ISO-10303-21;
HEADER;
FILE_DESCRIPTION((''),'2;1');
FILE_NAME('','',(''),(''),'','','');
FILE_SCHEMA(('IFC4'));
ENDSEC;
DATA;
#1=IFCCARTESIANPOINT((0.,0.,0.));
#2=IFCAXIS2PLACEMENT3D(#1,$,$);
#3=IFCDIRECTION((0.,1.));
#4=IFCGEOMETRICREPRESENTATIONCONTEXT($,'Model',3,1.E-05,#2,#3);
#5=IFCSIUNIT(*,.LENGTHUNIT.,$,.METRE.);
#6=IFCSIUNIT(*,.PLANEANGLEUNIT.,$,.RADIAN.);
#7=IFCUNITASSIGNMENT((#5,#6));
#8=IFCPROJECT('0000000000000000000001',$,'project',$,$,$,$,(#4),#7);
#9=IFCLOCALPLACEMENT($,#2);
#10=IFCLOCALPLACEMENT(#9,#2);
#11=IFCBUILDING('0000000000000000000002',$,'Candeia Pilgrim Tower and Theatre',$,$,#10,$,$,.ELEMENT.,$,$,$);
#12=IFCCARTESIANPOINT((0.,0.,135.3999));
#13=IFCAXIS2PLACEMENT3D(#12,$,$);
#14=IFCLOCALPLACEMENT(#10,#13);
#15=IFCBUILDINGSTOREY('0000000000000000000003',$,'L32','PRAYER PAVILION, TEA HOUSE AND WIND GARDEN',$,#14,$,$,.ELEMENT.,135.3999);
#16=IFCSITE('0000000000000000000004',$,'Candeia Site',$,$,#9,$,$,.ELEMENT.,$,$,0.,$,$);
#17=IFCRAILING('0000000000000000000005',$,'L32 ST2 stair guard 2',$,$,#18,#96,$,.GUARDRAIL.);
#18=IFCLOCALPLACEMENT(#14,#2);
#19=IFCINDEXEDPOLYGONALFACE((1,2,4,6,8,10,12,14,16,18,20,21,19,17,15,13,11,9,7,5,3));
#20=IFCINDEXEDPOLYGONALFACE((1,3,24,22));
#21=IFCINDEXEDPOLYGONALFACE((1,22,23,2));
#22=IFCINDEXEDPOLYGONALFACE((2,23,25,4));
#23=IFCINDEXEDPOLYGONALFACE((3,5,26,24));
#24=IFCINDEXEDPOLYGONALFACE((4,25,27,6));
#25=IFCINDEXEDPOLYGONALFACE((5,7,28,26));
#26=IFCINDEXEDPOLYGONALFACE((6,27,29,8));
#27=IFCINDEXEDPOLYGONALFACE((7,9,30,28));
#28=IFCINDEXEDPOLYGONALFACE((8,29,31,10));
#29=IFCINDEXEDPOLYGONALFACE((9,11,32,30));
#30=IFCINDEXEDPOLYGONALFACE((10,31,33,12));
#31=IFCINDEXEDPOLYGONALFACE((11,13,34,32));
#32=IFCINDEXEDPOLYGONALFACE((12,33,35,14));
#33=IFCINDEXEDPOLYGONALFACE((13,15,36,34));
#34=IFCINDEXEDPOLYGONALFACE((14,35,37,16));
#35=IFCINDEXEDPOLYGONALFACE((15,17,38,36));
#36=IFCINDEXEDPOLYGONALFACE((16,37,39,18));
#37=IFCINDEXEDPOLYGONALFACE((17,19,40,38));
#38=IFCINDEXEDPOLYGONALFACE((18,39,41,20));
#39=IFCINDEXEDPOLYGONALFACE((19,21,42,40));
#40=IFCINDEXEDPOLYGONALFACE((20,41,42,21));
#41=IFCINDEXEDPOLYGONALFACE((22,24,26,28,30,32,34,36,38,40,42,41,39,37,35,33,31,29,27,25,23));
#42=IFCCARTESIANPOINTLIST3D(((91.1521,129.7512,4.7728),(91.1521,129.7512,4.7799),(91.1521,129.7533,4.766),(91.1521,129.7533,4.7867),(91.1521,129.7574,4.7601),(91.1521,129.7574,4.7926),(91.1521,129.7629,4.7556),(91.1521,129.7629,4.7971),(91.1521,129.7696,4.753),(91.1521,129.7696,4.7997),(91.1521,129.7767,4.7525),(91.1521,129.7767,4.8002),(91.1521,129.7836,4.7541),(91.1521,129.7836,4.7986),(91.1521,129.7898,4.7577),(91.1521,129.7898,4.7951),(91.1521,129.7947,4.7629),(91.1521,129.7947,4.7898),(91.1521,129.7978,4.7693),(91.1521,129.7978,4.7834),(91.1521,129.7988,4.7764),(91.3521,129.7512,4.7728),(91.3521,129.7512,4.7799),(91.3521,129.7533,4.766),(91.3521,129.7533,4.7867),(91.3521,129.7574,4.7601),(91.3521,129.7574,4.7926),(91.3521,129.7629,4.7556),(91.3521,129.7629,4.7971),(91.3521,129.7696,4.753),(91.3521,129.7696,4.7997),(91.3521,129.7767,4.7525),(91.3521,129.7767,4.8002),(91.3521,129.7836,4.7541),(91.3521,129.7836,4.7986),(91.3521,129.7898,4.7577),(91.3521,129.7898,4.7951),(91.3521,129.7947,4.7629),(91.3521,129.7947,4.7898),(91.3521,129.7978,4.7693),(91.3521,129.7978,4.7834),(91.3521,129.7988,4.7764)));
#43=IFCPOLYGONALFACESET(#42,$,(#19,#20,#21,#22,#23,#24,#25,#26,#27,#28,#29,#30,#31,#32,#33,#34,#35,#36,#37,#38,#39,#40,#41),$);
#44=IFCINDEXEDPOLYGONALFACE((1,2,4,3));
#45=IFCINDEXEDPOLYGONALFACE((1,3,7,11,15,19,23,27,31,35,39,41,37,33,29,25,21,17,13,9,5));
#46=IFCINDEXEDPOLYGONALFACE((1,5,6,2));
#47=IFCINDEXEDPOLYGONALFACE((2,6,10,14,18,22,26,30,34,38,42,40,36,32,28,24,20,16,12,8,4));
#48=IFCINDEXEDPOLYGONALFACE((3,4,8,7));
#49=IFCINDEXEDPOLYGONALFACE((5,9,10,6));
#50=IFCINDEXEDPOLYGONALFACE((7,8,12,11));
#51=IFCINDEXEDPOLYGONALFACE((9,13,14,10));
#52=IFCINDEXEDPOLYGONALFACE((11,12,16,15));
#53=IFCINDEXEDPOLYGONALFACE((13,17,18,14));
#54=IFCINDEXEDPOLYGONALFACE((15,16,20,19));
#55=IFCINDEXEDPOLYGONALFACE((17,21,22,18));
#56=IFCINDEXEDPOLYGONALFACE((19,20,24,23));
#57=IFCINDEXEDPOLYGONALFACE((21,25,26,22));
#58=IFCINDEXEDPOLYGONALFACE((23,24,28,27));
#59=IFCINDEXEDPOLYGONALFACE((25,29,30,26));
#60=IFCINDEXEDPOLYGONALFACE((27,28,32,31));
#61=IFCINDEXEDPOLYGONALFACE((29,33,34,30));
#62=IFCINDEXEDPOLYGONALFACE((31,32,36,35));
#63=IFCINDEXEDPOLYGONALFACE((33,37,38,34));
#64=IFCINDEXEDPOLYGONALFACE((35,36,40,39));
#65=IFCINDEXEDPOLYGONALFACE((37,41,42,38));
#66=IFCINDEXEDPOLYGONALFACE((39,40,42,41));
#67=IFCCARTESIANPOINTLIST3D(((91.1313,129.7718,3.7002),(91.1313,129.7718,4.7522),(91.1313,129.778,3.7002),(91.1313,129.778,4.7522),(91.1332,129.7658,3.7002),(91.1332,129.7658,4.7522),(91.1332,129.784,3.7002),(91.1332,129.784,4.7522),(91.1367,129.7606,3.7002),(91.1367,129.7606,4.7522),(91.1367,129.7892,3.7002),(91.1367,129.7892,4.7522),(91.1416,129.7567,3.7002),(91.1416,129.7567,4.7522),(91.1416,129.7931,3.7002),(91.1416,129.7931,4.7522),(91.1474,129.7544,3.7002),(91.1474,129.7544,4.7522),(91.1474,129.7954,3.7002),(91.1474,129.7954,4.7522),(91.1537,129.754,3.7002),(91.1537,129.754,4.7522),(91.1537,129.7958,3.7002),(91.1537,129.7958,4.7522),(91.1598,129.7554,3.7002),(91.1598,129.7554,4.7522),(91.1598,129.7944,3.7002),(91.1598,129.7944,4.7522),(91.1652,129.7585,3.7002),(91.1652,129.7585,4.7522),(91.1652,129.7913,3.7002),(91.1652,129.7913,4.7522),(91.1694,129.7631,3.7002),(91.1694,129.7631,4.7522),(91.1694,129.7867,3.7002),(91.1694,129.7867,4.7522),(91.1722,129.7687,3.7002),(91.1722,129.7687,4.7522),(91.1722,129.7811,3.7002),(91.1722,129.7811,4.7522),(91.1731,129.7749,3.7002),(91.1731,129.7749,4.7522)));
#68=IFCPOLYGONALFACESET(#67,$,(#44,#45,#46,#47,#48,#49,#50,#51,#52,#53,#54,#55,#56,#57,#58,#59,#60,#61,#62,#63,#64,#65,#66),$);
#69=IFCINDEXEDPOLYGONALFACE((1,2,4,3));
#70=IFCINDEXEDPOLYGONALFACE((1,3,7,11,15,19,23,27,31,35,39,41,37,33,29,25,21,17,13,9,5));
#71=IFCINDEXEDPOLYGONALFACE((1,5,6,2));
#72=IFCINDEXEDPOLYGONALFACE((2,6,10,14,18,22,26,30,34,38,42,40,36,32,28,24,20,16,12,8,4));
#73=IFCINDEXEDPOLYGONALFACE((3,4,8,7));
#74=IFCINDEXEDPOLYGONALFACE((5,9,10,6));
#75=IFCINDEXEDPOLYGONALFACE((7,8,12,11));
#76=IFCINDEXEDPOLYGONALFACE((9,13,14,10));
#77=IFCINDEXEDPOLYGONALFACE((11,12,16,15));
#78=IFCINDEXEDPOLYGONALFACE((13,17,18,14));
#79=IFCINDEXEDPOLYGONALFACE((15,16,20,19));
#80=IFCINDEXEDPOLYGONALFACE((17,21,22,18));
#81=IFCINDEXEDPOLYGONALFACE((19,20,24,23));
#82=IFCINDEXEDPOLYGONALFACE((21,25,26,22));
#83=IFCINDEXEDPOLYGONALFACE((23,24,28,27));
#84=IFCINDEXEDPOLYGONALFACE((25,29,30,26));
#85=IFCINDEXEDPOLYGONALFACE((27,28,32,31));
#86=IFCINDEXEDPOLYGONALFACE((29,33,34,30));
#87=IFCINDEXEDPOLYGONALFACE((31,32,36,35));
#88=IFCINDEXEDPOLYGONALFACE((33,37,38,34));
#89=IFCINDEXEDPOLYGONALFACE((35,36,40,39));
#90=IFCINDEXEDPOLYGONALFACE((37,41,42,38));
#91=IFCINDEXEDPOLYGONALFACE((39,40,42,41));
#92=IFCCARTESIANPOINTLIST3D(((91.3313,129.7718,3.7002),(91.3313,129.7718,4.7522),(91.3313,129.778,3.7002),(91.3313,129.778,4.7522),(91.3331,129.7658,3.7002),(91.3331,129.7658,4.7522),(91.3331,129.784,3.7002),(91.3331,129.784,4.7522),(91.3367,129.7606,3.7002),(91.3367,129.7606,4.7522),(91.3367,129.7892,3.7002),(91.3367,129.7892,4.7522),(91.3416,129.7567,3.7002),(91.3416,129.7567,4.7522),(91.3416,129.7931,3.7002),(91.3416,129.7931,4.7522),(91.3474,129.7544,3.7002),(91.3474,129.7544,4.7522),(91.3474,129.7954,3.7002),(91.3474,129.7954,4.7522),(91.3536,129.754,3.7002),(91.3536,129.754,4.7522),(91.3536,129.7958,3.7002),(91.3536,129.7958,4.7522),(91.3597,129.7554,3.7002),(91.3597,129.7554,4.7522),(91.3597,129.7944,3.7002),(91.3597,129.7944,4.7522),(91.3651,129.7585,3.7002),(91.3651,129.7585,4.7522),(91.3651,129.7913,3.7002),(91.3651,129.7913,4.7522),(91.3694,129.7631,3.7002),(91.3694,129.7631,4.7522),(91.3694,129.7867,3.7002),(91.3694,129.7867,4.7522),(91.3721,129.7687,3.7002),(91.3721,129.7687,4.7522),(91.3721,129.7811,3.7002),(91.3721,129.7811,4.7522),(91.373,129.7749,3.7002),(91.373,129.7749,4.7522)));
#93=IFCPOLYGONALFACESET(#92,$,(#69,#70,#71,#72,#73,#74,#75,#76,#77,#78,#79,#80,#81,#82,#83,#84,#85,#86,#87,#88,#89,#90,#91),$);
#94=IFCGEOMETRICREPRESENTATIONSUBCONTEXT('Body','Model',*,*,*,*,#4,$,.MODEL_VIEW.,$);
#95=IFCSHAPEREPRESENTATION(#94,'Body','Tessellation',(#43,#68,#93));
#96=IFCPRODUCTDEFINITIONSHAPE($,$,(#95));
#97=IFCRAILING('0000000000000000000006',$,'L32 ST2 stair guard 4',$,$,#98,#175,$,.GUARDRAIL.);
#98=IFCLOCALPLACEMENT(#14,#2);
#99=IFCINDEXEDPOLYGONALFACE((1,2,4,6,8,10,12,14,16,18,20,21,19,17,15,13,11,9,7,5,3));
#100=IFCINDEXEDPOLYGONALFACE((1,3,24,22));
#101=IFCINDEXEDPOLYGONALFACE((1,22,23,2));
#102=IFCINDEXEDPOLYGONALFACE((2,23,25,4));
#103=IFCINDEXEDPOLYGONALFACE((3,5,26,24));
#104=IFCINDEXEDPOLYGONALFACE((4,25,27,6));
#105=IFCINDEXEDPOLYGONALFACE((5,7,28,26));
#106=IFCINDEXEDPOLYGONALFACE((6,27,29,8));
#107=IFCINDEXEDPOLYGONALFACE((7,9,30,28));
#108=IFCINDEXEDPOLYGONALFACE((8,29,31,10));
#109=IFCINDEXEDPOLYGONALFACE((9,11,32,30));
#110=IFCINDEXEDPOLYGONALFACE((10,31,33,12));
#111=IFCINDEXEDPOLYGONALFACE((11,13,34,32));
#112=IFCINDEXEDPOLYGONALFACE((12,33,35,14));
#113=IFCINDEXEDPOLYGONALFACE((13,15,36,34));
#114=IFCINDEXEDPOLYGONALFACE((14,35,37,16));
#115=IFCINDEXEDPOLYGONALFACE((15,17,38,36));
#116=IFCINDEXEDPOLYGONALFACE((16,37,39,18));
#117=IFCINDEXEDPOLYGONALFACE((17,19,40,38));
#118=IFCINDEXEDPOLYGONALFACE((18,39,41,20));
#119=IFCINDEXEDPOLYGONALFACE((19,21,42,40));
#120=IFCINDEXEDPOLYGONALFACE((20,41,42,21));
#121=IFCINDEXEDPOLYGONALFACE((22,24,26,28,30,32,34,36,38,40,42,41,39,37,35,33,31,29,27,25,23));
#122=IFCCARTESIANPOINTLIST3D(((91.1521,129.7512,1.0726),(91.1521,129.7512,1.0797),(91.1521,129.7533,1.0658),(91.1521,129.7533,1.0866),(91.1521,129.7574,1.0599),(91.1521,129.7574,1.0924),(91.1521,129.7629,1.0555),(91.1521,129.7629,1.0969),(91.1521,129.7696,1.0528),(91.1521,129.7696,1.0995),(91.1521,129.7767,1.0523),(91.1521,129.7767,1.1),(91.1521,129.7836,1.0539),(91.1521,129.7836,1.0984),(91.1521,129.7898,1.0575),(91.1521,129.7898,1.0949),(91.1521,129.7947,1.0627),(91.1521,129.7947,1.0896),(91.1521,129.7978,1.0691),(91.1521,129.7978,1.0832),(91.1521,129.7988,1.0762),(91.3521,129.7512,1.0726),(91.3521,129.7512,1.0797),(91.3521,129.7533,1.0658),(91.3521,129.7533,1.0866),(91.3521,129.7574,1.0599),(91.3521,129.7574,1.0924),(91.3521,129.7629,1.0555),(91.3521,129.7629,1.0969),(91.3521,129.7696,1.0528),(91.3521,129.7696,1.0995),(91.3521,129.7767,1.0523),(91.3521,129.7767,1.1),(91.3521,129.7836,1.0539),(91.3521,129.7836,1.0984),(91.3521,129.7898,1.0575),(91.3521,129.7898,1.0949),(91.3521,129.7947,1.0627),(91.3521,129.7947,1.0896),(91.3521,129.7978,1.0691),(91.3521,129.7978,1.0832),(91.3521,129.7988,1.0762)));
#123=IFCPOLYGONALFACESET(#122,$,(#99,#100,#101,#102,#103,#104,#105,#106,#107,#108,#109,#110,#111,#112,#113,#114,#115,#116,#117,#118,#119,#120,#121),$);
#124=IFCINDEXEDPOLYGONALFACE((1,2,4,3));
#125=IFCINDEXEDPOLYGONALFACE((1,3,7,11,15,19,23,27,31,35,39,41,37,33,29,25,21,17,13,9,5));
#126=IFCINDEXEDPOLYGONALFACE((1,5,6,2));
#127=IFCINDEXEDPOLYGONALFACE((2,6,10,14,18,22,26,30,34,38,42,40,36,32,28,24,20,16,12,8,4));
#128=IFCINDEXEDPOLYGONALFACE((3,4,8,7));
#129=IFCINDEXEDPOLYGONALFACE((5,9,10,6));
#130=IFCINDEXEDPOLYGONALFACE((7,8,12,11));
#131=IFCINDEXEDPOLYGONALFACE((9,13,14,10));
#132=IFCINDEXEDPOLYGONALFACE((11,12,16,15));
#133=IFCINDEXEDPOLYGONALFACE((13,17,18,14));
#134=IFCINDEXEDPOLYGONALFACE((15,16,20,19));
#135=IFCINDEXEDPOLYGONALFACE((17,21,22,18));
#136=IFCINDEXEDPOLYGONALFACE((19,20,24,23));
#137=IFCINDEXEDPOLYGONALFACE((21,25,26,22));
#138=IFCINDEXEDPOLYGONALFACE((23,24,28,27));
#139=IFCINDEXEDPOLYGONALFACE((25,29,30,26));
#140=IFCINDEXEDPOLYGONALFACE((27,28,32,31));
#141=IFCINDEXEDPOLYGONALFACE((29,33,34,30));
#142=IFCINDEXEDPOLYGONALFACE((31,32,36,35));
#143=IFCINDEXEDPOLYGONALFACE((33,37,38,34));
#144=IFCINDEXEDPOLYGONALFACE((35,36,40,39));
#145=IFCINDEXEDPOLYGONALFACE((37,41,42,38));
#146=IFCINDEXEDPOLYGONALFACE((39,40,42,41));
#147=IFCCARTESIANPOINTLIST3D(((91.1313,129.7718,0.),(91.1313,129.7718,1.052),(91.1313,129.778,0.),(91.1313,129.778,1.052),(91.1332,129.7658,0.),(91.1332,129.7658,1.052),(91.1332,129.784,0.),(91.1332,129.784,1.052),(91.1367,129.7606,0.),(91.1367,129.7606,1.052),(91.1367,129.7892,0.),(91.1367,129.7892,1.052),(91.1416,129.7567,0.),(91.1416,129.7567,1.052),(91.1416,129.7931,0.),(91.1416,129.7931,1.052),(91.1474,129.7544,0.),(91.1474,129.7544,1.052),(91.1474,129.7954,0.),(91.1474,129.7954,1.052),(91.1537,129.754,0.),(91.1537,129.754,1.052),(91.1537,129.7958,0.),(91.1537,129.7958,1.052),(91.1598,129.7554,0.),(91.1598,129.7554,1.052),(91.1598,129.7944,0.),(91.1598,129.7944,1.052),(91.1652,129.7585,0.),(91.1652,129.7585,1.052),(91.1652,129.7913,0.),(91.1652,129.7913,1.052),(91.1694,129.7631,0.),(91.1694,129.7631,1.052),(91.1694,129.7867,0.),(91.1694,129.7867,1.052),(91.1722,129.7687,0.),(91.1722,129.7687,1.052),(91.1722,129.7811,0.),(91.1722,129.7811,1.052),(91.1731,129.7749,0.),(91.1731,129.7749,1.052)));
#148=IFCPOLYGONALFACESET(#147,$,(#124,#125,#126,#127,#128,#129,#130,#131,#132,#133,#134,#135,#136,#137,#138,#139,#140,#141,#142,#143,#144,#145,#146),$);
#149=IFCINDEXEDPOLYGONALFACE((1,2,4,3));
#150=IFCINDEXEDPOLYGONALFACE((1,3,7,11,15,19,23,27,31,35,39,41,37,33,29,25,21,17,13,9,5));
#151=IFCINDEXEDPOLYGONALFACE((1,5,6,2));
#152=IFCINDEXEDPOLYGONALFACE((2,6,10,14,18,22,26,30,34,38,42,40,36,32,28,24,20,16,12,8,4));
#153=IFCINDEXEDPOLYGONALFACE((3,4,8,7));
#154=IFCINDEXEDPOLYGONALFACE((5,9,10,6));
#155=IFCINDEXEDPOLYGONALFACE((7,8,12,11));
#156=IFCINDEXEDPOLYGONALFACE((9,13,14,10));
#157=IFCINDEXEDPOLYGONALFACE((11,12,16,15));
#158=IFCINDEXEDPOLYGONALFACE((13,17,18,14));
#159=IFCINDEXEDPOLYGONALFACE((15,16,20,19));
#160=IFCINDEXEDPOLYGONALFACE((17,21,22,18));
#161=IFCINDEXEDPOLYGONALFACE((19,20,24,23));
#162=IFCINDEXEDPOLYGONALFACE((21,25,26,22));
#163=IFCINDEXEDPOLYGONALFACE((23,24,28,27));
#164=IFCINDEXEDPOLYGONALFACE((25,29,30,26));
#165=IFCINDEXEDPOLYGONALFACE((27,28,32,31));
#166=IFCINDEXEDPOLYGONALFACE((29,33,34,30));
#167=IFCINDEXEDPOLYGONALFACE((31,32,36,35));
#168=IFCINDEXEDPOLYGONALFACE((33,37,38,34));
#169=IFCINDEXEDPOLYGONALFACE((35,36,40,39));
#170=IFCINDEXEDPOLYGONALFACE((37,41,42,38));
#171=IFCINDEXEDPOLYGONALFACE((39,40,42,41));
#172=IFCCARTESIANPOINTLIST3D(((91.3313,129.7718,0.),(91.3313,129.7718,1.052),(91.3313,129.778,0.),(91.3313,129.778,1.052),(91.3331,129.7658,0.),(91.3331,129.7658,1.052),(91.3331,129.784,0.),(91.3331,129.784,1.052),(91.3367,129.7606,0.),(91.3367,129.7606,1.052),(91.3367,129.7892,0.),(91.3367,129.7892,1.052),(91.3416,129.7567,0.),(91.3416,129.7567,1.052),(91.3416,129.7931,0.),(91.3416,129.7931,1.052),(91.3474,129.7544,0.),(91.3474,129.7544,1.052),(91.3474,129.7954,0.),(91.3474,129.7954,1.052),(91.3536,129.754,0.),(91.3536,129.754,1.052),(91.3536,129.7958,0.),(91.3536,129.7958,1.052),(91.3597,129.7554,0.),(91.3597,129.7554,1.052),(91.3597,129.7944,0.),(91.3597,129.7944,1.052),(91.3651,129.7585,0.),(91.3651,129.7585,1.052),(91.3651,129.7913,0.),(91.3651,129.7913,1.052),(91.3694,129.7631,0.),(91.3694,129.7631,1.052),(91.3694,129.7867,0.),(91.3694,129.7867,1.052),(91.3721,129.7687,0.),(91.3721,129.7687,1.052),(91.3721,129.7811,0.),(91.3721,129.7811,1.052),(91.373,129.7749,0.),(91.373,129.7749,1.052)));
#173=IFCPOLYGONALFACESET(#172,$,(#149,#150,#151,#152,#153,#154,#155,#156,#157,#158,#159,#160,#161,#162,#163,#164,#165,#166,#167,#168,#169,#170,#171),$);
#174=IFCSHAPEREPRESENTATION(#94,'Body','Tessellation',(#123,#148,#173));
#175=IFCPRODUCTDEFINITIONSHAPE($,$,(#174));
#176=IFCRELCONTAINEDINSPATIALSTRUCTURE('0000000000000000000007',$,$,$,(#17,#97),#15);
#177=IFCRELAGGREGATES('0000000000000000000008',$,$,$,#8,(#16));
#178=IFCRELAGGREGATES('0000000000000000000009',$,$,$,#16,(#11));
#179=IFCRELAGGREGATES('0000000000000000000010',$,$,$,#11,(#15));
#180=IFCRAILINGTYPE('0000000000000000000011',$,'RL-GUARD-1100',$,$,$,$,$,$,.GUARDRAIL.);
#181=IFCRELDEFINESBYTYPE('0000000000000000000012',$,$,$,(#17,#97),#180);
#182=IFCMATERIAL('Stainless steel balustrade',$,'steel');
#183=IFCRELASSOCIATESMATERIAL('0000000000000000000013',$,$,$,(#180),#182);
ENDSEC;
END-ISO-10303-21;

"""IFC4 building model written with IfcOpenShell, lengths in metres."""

from ifc_helpers import new_model, si_unit, direction, frame, origin, origin_2d, place, context, subcontext, project, spatial, circle, extrude, material, type_object, element, save


model = new_model("IFC4")

# Units and contexts
model_context = context("Model", 3, precision=1e-05, world=origin(), true_north=direction((0.0, 1.0)))
body_context = subcontext(model_context, "Body", "Model", "MODEL_VIEW")
ifc_project = project(units=[si_unit("LENGTHUNIT", "METRE"), si_unit("PLANEANGLEUNIT", "RADIAN")], contexts=[model_context])

# Site, building, storey
site_placement = place(None, origin())
site = spatial("IfcSite", under=ifc_project, at=site_placement, Name="Candeia Site", CompositionType="ELEMENT", RefElevation=0.0)
building_placement = place(site_placement, origin())
building = spatial("IfcBuilding", under=site, at=building_placement, Name="Candeia Pilgrim Tower and Theatre", CompositionType="ELEMENT")
storey_placement = place(building_placement, frame((0.0, 0.0, 135.3999)))
storey = spatial("IfcBuildingStorey", under=building, at=storey_placement, Name="L32", Description="PRAYER PAVILION, TEA HOUSE AND WIND GARDEN", CompositionType="ELEMENT", Elevation=135.3999)

# Railings
ifc_material_1 = material(Name="Stainless steel balustrade", Category="steel")
railing_type_1 = type_object("IfcRailingType", Name="RL-GUARD-1100", PredefinedType="GUARDRAIL", material=ifc_material_1)
railing_1_placement = place(storey_placement, frame((91.1521, 129.7749, 3.7002)))
element("IfcRailing", 1, at=railing_1_placement, inside=storey, type_object=railing_type_1, Name="L32 ST2 stair guard 2", PredefinedType="GUARDRAIL", context=body_context, shape_type="SweptSolid", body=[
    extrude(circle(Radius=0.0239, at=origin_2d()), frame((0.0, 0.0, 1.0762), z_axis=(1.0, 0.0, 0.0), x_axis=(0.0, 1.0, 0.0)), (0.0, 0.0, 1.0), 0.2),
    extrude(circle(Radius=0.021, at=origin_2d()), origin(), (0.0, 0.0, 1.0), 1.052),
    extrude(circle(Radius=0.021, at=origin_2d()), frame((0.2, 0.0, 0.0)), (0.0, 0.0, 1.0), 1.052),
])
railing_2_placement = place(storey_placement, frame((91.1521, 129.7749, 0.0)))
element("IfcRailing", 2, at=railing_2_placement, inside=storey, type_object=railing_type_1, Name="L32 ST2 stair guard 4", PredefinedType="GUARDRAIL", context=body_context, shape_type="SweptSolid", body=[
    extrude(circle(Radius=0.0239, at=origin_2d()), frame((0.0, 0.0, 1.0762), z_axis=(1.0, 0.0, 0.0), x_axis=(0.0, 1.0, 0.0)), (0.0, 0.0, 1.0), 0.2),
    extrude(circle(Radius=0.021, at=origin_2d()), origin(), (0.0, 0.0, 1.0), 1.052),
    extrude(circle(Radius=0.021, at=origin_2d()), frame((0.2, 0.0, 0.0)), (0.0, 0.0, 1.0), 1.052),
])

save(model, "model.ifc")
